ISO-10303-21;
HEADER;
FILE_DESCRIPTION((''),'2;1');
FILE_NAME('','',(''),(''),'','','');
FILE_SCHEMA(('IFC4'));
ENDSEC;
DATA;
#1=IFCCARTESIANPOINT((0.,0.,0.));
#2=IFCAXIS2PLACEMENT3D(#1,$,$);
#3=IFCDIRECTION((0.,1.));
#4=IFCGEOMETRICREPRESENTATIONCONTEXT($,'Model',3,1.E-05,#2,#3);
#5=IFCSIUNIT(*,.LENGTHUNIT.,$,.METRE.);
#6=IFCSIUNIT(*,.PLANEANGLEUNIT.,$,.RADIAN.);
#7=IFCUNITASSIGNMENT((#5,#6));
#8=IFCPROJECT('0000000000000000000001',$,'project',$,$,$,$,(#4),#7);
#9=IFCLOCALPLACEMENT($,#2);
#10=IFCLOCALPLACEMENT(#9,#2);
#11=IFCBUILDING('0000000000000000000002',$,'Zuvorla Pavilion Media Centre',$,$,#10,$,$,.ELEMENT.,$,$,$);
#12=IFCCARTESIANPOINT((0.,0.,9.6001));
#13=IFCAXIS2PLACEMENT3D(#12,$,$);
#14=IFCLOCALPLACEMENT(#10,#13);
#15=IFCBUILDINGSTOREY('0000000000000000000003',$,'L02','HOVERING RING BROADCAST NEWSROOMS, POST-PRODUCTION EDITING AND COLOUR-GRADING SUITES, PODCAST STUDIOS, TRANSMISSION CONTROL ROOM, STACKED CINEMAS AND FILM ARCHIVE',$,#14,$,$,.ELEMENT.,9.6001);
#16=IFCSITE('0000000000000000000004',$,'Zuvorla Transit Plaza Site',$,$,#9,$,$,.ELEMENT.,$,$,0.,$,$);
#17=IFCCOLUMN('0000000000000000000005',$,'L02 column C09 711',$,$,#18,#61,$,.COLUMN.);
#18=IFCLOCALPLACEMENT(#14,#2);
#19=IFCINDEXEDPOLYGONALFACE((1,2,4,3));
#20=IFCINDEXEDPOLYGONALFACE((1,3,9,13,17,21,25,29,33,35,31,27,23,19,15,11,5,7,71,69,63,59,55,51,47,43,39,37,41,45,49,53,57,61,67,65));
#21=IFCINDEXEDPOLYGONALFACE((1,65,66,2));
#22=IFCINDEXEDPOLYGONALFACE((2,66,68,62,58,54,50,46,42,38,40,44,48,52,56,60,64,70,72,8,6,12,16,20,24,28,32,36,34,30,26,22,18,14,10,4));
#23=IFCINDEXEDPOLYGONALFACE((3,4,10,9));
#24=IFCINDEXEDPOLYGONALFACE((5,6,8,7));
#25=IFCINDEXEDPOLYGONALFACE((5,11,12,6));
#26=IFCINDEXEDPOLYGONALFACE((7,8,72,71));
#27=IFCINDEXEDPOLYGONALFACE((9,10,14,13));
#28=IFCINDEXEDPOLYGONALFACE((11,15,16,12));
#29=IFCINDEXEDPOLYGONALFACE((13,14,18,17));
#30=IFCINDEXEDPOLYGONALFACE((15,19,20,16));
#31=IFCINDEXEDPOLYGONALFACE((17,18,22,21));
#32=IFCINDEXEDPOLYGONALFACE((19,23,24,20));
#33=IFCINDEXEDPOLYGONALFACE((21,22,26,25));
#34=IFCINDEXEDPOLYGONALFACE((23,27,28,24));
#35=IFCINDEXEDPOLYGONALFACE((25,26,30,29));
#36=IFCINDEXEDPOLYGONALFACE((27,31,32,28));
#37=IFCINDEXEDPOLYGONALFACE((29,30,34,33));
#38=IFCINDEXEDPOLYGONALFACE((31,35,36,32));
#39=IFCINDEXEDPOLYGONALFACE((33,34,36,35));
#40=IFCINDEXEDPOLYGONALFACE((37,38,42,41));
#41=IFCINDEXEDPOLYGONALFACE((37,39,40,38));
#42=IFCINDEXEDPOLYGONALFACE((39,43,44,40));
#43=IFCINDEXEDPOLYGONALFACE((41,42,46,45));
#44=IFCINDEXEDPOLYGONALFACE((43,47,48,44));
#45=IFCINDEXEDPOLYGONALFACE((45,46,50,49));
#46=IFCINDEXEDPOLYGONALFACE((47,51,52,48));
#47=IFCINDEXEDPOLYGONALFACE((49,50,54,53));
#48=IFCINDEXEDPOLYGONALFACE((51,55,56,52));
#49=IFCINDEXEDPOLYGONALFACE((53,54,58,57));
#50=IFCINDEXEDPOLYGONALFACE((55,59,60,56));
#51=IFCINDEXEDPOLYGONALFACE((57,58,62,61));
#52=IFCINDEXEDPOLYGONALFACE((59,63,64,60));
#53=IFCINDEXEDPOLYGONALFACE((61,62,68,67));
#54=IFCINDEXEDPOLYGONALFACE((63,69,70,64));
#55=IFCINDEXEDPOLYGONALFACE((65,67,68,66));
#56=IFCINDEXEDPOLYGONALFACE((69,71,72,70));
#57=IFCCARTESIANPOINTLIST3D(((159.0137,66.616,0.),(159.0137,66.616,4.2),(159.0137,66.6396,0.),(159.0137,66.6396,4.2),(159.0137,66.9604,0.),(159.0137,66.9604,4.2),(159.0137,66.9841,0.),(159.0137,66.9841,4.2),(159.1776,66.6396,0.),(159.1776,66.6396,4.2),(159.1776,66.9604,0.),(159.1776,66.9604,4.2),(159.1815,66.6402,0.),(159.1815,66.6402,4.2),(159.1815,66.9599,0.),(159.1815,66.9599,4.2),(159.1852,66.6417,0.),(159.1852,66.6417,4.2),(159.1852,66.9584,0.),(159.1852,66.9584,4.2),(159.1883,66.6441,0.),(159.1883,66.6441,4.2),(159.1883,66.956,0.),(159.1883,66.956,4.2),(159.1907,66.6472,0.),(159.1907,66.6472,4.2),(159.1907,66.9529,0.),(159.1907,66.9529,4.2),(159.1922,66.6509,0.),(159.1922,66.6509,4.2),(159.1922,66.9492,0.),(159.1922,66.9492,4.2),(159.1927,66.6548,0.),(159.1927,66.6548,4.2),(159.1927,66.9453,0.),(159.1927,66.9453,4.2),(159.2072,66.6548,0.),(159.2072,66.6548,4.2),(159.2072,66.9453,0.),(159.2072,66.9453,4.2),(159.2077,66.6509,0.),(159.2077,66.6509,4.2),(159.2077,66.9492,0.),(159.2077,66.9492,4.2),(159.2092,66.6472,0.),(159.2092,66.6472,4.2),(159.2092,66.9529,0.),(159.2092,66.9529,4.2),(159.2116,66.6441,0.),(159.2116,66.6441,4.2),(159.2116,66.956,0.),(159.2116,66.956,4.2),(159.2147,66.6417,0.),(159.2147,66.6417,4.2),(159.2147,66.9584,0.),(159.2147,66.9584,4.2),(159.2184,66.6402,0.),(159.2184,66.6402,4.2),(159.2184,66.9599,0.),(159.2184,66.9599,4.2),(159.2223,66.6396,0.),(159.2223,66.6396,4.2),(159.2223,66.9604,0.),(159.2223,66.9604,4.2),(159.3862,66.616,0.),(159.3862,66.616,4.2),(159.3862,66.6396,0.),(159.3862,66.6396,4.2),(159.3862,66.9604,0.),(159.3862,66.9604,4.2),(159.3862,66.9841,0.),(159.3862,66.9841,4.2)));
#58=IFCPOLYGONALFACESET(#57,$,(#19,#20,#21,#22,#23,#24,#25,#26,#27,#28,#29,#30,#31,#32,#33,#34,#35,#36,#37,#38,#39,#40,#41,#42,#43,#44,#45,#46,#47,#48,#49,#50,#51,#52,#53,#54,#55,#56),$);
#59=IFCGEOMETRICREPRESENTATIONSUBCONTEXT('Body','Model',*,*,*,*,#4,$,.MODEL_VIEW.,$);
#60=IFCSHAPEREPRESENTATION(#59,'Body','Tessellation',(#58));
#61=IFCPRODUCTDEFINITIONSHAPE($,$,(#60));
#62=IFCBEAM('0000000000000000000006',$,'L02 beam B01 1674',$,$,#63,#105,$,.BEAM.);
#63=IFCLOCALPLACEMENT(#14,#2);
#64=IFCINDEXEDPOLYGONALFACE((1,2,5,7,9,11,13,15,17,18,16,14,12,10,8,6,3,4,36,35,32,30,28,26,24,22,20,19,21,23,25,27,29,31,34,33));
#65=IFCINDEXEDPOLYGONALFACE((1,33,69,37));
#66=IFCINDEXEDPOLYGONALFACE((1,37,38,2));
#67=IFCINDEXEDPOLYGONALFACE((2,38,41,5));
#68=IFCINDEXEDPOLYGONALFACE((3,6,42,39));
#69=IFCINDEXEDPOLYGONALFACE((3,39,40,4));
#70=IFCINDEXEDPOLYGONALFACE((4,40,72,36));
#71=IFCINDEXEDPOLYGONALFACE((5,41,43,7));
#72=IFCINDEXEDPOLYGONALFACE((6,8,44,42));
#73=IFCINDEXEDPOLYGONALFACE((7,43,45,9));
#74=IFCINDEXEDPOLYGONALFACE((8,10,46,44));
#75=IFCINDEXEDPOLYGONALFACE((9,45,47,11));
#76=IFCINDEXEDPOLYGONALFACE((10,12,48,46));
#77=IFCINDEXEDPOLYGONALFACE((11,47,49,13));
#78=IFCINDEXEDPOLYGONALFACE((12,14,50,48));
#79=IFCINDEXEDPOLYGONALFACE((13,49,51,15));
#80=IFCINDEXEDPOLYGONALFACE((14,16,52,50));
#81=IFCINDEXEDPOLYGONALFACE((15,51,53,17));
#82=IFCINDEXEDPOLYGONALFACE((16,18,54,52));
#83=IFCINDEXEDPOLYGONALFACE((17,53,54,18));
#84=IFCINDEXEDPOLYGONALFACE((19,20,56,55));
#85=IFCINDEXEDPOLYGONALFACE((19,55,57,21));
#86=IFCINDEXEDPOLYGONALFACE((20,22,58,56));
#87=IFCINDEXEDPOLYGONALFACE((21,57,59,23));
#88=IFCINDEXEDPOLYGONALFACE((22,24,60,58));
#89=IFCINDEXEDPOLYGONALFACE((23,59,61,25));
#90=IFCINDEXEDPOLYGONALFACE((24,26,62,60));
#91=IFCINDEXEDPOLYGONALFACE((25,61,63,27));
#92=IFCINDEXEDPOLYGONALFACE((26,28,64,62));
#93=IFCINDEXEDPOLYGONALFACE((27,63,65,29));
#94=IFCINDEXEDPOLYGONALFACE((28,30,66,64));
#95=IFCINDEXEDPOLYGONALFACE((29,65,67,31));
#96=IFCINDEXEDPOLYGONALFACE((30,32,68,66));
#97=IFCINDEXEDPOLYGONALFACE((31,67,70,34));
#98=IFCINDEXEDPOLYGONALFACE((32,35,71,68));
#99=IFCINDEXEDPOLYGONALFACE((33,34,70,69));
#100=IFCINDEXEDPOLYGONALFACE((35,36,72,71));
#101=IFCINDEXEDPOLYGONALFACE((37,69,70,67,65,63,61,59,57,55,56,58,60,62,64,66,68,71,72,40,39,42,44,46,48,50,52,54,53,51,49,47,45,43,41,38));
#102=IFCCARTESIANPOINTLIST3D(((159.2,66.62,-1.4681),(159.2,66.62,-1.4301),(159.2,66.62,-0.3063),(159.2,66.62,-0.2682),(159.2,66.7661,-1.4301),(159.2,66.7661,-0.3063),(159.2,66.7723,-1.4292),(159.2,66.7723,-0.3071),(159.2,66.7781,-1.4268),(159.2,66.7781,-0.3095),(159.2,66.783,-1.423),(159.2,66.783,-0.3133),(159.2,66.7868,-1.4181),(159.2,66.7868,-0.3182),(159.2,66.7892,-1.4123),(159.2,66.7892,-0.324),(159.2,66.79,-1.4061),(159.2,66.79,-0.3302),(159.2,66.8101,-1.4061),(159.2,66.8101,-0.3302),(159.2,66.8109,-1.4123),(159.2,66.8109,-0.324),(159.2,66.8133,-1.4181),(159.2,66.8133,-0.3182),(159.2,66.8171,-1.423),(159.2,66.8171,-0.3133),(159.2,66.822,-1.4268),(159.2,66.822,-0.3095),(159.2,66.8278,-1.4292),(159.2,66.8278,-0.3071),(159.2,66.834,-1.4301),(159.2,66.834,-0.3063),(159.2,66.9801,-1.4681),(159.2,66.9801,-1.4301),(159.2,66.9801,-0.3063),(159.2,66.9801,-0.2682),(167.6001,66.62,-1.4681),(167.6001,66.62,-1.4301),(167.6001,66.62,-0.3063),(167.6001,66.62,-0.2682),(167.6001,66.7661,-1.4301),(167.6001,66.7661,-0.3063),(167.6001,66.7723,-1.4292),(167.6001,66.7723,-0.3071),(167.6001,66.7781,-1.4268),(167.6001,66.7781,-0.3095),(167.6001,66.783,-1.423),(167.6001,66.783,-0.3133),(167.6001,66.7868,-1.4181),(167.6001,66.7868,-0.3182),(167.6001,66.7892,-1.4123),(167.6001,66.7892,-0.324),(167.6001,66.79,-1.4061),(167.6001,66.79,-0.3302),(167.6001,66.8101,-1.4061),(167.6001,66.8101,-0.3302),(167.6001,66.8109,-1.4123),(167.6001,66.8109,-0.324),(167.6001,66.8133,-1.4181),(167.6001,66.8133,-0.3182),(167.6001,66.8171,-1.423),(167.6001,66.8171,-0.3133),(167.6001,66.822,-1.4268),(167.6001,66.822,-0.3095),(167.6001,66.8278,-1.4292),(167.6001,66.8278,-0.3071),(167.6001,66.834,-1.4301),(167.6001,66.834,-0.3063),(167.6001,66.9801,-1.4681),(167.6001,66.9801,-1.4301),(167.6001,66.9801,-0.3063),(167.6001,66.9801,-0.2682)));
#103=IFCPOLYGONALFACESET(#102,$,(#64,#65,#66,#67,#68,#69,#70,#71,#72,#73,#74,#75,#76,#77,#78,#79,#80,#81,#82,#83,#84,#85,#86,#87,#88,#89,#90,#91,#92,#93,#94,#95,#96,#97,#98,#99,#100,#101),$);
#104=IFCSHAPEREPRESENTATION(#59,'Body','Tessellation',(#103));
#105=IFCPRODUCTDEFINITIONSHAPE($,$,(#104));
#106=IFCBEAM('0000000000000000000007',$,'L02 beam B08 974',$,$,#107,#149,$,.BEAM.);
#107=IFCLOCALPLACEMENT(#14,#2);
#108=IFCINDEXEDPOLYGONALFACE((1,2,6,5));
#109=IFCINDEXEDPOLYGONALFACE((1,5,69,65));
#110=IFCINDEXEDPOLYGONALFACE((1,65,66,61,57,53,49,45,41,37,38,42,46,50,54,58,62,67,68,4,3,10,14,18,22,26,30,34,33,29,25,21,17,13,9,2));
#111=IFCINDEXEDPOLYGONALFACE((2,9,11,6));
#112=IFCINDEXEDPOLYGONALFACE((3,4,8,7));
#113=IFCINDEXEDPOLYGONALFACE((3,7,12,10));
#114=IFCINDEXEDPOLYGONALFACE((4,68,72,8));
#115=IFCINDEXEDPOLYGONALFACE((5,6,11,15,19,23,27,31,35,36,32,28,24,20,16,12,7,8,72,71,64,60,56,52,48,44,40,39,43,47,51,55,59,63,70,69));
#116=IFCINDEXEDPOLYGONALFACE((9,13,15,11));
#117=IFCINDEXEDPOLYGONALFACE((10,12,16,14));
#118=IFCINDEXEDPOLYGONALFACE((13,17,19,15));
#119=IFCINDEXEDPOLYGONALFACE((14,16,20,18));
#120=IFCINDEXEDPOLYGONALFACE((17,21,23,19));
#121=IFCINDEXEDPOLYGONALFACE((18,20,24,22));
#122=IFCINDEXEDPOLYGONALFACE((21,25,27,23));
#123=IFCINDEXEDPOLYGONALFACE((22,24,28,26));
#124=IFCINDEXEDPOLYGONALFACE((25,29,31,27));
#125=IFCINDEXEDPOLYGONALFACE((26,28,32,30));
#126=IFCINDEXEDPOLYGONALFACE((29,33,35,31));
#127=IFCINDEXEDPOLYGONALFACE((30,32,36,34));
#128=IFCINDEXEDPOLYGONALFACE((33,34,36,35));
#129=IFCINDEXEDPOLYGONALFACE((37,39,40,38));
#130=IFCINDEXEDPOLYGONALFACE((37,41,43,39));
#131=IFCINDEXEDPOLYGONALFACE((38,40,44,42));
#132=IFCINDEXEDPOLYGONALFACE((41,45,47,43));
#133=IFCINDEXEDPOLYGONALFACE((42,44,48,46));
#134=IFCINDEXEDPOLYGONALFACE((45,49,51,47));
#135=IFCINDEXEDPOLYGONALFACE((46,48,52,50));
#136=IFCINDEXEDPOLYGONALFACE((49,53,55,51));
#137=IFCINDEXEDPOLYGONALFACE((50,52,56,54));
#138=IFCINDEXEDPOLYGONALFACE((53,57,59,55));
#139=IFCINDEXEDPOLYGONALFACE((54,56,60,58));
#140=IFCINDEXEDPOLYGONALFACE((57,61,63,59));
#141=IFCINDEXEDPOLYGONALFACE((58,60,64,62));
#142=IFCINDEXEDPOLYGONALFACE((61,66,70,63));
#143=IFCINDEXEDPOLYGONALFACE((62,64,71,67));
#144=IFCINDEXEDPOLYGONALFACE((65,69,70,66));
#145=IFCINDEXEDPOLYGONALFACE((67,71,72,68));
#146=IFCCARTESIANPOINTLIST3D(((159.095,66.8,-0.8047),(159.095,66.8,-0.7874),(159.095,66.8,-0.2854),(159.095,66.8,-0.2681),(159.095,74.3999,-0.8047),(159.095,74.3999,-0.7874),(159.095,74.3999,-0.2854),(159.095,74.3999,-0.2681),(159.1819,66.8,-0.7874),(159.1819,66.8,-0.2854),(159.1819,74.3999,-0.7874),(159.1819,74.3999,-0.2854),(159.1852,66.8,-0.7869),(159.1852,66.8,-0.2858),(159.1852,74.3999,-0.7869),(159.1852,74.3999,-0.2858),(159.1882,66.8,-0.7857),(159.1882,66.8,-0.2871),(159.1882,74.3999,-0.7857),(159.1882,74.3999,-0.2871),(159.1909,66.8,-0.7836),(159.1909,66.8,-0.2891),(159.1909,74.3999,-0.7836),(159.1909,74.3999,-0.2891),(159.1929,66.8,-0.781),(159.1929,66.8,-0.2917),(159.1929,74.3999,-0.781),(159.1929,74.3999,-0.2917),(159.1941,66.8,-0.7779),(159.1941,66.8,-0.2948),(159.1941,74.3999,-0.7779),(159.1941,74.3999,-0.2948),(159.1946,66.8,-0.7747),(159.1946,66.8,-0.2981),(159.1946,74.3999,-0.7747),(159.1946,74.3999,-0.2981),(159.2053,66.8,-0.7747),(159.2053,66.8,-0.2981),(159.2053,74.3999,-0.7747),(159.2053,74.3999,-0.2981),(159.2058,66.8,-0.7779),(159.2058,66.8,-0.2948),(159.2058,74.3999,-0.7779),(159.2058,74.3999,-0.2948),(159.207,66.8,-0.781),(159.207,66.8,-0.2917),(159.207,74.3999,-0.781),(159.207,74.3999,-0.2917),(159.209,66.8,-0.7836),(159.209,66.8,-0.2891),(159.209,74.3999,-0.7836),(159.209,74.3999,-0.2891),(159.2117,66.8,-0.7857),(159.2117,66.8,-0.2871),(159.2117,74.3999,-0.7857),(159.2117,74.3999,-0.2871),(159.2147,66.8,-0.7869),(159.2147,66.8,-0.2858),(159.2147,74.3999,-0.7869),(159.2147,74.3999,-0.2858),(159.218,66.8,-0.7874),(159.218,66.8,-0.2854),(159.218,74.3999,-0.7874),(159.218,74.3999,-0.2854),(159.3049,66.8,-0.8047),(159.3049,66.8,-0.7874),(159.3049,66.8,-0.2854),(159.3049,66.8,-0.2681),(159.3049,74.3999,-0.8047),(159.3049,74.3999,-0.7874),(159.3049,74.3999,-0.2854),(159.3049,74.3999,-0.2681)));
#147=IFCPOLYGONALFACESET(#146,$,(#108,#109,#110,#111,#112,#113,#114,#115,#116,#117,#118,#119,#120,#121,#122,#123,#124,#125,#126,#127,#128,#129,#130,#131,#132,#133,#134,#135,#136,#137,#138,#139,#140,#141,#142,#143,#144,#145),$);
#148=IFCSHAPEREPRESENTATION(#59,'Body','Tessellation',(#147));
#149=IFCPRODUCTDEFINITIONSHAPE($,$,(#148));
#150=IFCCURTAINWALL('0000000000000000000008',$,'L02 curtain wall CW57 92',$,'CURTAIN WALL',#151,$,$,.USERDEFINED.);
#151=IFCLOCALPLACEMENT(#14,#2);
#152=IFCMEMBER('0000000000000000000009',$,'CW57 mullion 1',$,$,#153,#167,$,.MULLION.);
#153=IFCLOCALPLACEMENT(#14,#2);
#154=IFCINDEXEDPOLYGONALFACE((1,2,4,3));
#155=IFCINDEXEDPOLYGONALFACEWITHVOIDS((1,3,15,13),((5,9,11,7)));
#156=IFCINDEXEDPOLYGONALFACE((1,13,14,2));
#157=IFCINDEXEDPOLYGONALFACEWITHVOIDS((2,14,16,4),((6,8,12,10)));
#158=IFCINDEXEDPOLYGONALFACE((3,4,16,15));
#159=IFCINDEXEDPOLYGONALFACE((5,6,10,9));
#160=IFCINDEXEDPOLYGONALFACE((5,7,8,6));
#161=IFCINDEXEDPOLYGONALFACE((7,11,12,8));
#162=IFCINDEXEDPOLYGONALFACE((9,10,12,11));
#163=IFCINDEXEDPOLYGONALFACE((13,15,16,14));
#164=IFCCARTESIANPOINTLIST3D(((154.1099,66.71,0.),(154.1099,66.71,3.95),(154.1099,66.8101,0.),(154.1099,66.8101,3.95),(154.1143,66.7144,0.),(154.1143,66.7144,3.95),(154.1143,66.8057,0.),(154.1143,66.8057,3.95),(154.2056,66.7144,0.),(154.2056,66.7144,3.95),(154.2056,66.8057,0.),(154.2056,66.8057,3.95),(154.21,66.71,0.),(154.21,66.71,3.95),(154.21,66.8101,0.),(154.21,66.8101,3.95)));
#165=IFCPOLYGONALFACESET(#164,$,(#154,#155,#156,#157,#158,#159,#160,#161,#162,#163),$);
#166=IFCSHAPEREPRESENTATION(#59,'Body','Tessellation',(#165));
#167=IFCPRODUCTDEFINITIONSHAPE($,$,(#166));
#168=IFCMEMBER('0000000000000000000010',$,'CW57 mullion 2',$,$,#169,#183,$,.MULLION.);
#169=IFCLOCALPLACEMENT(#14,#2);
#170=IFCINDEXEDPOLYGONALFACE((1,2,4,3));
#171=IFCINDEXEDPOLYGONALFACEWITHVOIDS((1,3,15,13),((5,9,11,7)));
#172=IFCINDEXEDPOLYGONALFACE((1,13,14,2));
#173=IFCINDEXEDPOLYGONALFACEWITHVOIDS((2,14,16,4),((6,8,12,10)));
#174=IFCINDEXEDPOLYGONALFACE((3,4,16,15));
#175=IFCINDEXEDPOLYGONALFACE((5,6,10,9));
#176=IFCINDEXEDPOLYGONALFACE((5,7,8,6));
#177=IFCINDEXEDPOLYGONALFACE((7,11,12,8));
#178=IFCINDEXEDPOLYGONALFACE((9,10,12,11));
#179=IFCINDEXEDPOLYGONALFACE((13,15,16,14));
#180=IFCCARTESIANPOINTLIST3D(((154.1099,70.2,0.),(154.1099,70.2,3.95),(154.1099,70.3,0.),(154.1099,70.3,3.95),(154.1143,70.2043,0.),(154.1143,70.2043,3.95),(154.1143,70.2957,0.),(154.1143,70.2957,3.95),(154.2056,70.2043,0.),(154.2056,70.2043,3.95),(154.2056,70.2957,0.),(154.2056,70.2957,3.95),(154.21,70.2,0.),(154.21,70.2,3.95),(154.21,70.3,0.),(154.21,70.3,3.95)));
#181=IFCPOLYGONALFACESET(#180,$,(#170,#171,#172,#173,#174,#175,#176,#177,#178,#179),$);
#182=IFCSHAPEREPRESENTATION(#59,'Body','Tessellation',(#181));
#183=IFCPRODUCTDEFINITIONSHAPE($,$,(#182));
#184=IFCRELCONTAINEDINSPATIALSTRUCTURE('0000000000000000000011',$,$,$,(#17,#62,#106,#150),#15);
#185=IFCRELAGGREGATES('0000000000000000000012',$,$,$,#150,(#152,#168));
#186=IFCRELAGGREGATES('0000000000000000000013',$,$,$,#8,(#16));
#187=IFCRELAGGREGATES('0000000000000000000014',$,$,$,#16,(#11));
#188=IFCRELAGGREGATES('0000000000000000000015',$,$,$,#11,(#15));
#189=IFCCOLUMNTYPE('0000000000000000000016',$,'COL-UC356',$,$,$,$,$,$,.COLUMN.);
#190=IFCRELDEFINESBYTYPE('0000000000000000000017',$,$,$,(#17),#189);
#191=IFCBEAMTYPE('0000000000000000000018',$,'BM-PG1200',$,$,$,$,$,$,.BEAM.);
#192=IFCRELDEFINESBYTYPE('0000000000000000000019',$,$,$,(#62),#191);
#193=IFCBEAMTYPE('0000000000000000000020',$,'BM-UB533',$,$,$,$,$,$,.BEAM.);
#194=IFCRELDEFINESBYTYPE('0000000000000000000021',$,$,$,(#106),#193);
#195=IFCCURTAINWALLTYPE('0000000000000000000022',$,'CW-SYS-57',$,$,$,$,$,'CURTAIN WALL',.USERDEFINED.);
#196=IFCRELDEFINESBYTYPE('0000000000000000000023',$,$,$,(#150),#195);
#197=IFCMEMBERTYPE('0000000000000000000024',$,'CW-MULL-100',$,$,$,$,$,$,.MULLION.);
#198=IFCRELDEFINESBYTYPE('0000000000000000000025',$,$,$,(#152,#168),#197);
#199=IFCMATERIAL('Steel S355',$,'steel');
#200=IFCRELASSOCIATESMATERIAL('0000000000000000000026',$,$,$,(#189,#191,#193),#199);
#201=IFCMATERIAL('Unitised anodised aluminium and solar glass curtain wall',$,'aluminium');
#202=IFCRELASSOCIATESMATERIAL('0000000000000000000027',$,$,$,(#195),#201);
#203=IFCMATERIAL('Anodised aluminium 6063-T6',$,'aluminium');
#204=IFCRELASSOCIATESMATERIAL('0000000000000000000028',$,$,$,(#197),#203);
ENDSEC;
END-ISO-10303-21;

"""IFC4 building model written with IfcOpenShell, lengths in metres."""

from ifc_helpers import new_model, si_unit, direction, frame, origin, origin_2d, place, context, subcontext, project, spatial, hollow_rectangle, i_section, extrude, material, material_profile, profile_set, type_object, element, aggregate, save


model = new_model("IFC4")

# Units and contexts
model_context = context("Model", 3, precision=1e-05, world=origin(), true_north=direction((0.0, 1.0)))
body_context = subcontext(model_context, "Body", "Model", "MODEL_VIEW")
ifc_project = project(units=[si_unit("LENGTHUNIT", "METRE"), si_unit("PLANEANGLEUNIT", "RADIAN")], contexts=[model_context])

# Site, building, storey
site_placement = place(None, origin())
site = spatial("IfcSite", under=ifc_project, at=site_placement, Name="Zuvorla Transit Plaza Site", CompositionType="ELEMENT", RefElevation=0.0)
building_placement = place(site_placement, origin())
building = spatial("IfcBuilding", under=site, at=building_placement, Name="Zuvorla Pavilion Media Centre", CompositionType="ELEMENT")
storey_placement = place(building_placement, frame((0.0, 0.0, 9.6001)))
storey = spatial("IfcBuildingStorey", under=building, at=storey_placement, Name="L02", Description="HOVERING RING BROADCAST NEWSROOMS, POST-PRODUCTION EDITING AND COLOUR-GRADING SUITES, PODCAST STUDIOS, TRANSMISSION CONTROL ROOM, STACKED CINEMAS AND FILM ARCHIVE", CompositionType="ELEMENT", Elevation=9.6001)

# Column
ifc_material_1 = material(Name="Steel S355", Category="steel")
ifc_material_profile_1 = material_profile(ifc_material_1, i_section(OverallWidth=0.3726, OverallDepth=0.3682, WebThickness=0.0144, FlangeThickness=0.0237, FilletRadius=0.0151, at=origin_2d()), Name="UC 356x368x177")
ifc_profile_set_1 = profile_set([ifc_material_profile_1], Name="Steel S355")
column_type = type_object("IfcColumnType", Name="COL-UC356", PredefinedType="COLUMN", material=ifc_profile_set_1)
column_placement = place(storey_placement, frame((159.2, 66.8, 0.0), z_axis=(0.0, 0.0, 1.0), x_axis=(1.0, 0.0, 0.0)))
element("IfcColumn", 1, at=column_placement, inside=storey, type_object=column_type, Name="L02 column C09 711", PredefinedType="COLUMN", context=body_context, shape_type="SweptSolid", body=[
    extrude(i_section(OverallWidth=0.3726, OverallDepth=0.3682, WebThickness=0.0144, FlangeThickness=0.0237, FilletRadius=0.0151, at=origin_2d()), origin(), (0.0, 0.0, 1.0), 4.2),
])

# Beams
ifc_material_profile_2 = material_profile(ifc_material_1, i_section(OverallWidth=0.3601, OverallDepth=1.2, WebThickness=0.02, FlangeThickness=0.0381, FilletRadius=0.0239, at=origin_2d()), Name="PG 1200x360x38")
ifc_profile_set_2 = profile_set([ifc_material_profile_2], Name="Steel S355")
beam_type_1 = type_object("IfcBeamType", Name="BM-PG1200", PredefinedType="BEAM", material=ifc_profile_set_2)
beam_1_placement = place(storey_placement, frame((159.2, 66.8, -0.8682), z_axis=(1.0, 0.0, 0.0), x_axis=(0.0, 1.0, 0.0)))
element("IfcBeam", 2, at=beam_1_placement, inside=storey, type_object=beam_type_1, Name="L02 beam B01 1674", PredefinedType="BEAM", context=body_context, shape_type="SweptSolid", body=[
    extrude(i_section(OverallWidth=0.3601, OverallDepth=1.2, WebThickness=0.02, FlangeThickness=0.0381, FilletRadius=0.0239, at=origin_2d()), origin(), (0.0, 0.0, 1.0), 8.4001),
])
ifc_material_profile_3 = material_profile(ifc_material_1, i_section(OverallWidth=0.21, OverallDepth=0.5366, WebThickness=0.0107, FlangeThickness=0.0173, FilletRadius=0.0127, at=origin_2d()), Name="UB 533x210x101")
ifc_profile_set_3 = profile_set([ifc_material_profile_3], Name="Steel S355")
beam_type_2 = type_object("IfcBeamType", Name="BM-UB533", PredefinedType="BEAM", material=ifc_profile_set_3)
beam_2_placement = place(storey_placement, frame((159.2, 66.8, -0.5364), z_axis=(0.0, 1.0, 0.0), x_axis=(-1.0, 0.0, 0.0)))
element("IfcBeam", 3, at=beam_2_placement, inside=storey, type_object=beam_type_2, Name="L02 beam B08 974", PredefinedType="BEAM", context=body_context, shape_type="SweptSolid", body=[
    extrude(i_section(OverallWidth=0.21, OverallDepth=0.5366, WebThickness=0.0107, FlangeThickness=0.0173, FilletRadius=0.0127, at=origin_2d()), origin(), (0.0, 0.0, 1.0), 7.5999),
])

# Curtain wall, members
ifc_material_2 = material(Name="Unitised anodised aluminium and solar glass curtain wall", Category="aluminium")
curtain_wall_type_1 = type_object("IfcCurtainWallType", Name="CW-SYS-57", ElementType="CURTAIN WALL", PredefinedType="USERDEFINED", material=ifc_material_2)
curtain_wall_1_placement = place(storey_placement, origin())
curtain_wall_1 = element("IfcCurtainWall", 4, at=curtain_wall_1_placement, inside=storey, type_object=curtain_wall_type_1, Name="L02 curtain wall CW57 92", ObjectType="CURTAIN WALL", PredefinedType="USERDEFINED")
ifc_material_3 = material(Name="Anodised aluminium 6063-T6", Category="aluminium")
ifc_material_profile_4 = material_profile(ifc_material_3, hollow_rectangle(XDim=0.1001, YDim=0.1001, WallThickness=0.0044, at=origin_2d()), Name="ALU MULL 100x100")
ifc_profile_set_4 = profile_set([ifc_material_profile_4], Name="Anodised aluminium 6063-T6")
member_type_1 = type_object("IfcMemberType", Name="CW-MULL-100", PredefinedType="MULLION", material=ifc_profile_set_4)
member_1_placement = place(storey_placement, frame((154.1599, 66.76, 0.0), z_axis=(0.0, 0.0, 1.0), x_axis=(1.0, 0.0, 0.0)))
member_1 = element("IfcMember", 5, at=member_1_placement, type_object=member_type_1, Name="CW57 mullion 1", PredefinedType="MULLION", context=body_context, shape_type="SweptSolid", body=[
    extrude(hollow_rectangle(XDim=0.1001, YDim=0.1001, WallThickness=0.0044, at=origin_2d()), origin(), (0.0, 0.0, 1.0), 3.95),
])
member_2_placement = place(storey_placement, frame((154.1599, 70.25, 0.0), z_axis=(0.0, 0.0, 1.0), x_axis=(1.0, 0.0, 0.0)))
member_2 = element("IfcMember", 6, at=member_2_placement, type_object=member_type_1, Name="CW57 mullion 2", PredefinedType="MULLION", context=body_context, shape_type="SweptSolid", body=[
    extrude(hollow_rectangle(XDim=0.1001, YDim=0.1001, WallThickness=0.0044, at=origin_2d()), origin(), (0.0, 0.0, 1.0), 3.95),
])

aggregate(curtain_wall_1, [member_1, member_2])

save(model, "model.ifc")
